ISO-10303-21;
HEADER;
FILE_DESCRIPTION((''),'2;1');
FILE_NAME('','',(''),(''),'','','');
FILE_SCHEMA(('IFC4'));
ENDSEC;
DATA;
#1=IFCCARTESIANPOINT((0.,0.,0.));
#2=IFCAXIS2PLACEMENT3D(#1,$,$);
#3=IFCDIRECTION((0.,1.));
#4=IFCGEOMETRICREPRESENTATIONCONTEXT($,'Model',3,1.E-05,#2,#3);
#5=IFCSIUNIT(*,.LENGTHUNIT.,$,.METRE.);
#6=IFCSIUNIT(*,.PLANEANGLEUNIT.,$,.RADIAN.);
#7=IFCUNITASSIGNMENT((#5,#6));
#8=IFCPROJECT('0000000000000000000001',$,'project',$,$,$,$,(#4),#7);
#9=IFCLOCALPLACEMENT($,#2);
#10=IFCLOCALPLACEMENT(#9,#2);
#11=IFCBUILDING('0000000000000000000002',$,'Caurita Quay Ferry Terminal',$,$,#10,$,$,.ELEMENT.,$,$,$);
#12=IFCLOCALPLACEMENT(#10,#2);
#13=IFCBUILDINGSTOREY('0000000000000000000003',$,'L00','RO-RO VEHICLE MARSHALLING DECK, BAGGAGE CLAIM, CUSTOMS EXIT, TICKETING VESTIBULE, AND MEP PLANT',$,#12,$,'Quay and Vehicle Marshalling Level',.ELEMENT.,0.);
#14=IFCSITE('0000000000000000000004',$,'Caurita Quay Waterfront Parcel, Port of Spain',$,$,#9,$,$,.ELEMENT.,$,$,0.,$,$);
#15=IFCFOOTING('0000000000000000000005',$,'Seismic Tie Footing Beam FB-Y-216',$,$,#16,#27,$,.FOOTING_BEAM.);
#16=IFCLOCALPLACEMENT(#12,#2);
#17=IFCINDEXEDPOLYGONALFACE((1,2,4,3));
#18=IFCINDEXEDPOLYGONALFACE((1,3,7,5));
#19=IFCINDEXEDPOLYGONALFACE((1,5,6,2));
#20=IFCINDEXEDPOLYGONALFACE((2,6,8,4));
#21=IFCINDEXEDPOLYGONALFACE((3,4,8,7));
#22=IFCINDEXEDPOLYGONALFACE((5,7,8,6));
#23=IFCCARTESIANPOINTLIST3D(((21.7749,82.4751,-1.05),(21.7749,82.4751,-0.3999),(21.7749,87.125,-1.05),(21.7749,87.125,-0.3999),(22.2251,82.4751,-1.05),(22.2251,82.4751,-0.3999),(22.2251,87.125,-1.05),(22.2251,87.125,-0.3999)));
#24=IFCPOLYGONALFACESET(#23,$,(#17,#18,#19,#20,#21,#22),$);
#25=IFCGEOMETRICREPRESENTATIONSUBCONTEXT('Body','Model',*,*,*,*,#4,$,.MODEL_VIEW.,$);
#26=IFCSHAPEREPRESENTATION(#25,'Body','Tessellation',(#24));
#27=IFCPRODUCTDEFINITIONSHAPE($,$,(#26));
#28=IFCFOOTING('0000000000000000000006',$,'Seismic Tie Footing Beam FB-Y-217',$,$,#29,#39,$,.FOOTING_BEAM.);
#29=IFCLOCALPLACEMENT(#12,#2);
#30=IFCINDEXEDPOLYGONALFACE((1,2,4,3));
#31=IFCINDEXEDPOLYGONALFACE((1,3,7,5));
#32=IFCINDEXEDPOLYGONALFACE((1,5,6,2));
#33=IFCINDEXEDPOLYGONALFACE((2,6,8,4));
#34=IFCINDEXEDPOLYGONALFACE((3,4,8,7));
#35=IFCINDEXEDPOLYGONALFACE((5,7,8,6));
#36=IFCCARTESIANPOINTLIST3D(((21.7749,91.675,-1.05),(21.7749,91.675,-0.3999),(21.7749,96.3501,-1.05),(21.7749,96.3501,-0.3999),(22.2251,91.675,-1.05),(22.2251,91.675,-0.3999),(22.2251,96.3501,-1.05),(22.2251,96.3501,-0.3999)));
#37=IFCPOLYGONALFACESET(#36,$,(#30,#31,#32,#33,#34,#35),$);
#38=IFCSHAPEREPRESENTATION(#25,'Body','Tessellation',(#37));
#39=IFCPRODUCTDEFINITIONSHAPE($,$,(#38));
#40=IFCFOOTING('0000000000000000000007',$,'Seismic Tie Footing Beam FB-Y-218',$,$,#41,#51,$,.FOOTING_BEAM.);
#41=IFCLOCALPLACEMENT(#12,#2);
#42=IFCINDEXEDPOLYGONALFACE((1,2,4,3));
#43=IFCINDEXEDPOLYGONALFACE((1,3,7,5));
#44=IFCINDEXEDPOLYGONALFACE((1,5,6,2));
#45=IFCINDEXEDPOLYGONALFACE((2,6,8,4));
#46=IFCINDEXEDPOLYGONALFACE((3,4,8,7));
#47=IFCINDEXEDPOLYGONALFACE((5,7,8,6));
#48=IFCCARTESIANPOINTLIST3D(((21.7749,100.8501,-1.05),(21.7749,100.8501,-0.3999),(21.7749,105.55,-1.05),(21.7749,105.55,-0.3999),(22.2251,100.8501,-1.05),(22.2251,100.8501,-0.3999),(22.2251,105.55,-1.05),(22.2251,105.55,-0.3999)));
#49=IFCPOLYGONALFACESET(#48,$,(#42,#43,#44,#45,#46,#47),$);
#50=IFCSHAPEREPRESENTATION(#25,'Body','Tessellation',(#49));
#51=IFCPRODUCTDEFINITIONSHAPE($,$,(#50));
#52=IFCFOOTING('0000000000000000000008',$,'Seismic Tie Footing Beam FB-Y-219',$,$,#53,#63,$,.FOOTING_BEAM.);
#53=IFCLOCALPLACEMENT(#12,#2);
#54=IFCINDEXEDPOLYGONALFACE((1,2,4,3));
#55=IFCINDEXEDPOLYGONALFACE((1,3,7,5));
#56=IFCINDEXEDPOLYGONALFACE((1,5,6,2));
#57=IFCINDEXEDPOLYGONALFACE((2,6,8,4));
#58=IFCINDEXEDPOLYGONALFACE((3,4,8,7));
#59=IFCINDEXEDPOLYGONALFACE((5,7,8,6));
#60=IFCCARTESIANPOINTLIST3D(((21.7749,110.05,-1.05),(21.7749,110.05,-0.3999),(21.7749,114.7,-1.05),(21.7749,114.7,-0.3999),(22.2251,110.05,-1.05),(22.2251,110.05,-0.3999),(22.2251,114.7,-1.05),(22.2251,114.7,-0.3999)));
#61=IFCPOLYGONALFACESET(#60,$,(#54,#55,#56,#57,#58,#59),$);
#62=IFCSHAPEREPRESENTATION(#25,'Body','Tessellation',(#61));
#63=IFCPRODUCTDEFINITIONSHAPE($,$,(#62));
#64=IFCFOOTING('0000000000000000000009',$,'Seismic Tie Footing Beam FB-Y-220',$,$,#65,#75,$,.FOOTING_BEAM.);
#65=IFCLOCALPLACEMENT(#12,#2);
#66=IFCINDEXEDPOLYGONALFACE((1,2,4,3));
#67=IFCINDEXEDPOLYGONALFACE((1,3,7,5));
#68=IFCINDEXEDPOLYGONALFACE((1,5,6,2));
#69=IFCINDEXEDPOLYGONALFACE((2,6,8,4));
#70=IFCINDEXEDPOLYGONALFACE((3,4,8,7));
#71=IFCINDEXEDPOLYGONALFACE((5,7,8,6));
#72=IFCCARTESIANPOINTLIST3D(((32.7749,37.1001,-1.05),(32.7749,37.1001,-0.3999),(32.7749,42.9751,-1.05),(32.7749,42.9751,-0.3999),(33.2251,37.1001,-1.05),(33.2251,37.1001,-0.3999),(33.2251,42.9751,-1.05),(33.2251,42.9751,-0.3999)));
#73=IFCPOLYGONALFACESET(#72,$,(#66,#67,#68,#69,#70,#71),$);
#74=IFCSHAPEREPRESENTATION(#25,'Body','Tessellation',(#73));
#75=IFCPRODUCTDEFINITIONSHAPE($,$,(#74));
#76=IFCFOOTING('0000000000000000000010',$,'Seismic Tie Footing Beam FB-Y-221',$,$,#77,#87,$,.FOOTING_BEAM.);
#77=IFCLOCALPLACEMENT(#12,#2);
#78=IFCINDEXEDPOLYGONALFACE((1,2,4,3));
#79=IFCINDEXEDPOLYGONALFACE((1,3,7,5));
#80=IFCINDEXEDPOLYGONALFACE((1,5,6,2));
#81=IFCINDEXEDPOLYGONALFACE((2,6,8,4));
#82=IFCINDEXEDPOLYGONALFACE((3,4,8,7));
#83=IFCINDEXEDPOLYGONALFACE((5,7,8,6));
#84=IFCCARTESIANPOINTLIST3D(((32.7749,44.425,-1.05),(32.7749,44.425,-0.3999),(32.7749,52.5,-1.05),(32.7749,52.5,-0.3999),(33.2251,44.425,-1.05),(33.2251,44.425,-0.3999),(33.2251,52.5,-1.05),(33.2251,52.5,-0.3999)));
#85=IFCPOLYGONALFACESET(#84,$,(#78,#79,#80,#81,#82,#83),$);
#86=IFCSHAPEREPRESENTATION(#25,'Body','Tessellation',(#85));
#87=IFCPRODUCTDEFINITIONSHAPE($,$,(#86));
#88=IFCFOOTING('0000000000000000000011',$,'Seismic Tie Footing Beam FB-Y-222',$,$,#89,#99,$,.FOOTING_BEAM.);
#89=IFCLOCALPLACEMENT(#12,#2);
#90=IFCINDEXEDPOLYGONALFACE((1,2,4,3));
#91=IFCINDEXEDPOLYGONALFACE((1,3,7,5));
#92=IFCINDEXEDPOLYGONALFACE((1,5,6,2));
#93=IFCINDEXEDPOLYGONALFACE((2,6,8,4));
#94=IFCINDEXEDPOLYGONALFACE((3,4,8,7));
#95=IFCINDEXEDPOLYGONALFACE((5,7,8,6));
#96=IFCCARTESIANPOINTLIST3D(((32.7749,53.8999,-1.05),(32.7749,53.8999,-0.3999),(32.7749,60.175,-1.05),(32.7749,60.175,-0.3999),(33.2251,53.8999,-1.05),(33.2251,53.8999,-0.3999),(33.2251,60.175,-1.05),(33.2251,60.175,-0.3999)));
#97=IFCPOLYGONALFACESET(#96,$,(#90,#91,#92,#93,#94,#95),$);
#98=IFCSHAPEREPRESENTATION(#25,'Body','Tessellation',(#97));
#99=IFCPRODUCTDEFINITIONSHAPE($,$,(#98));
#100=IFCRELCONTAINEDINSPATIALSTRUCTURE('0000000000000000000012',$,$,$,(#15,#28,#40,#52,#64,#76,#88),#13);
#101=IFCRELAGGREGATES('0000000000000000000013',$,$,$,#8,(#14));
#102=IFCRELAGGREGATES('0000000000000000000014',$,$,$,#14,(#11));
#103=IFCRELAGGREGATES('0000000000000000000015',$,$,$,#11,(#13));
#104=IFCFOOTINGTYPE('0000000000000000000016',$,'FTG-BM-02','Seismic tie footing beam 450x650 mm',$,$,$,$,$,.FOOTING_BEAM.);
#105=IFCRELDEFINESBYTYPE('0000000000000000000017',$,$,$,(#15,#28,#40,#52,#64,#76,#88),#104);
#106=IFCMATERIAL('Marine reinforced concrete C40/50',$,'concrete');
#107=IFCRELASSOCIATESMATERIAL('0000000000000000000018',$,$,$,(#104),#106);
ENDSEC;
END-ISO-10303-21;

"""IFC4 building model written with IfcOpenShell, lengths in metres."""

from ifc_helpers import new_model, si_unit, direction, frame, origin, place, context, subcontext, project, spatial, polyline, outline, extrude, material, type_object, element, save


model = new_model("IFC4")

# Units and contexts
model_context = context("Model", 3, precision=1e-05, world=origin(), true_north=direction((0.0, 1.0)))
body_context = subcontext(model_context, "Body", "Model", "MODEL_VIEW")
ifc_project = project(units=[si_unit("LENGTHUNIT", "METRE"), si_unit("PLANEANGLEUNIT", "RADIAN")], contexts=[model_context])

# Site, building, storey
site_placement = place(None, origin())
site = spatial("IfcSite", under=ifc_project, at=site_placement, Name="Caurita Quay Waterfront Parcel, Port of Spain", CompositionType="ELEMENT", RefElevation=0.0)
building_placement = place(site_placement, origin())
building = spatial("IfcBuilding", under=site, at=building_placement, Name="Caurita Quay Ferry Terminal", CompositionType="ELEMENT")
storey_placement = place(building_placement, origin())
storey = spatial("IfcBuildingStorey", under=building, at=storey_placement, Name="L00", Description="RO-RO VEHICLE MARSHALLING DECK, BAGGAGE CLAIM, CUSTOMS EXIT, TICKETING VESTIBULE, AND MEP PLANT", LongName="Quay and Vehicle Marshalling Level", CompositionType="ELEMENT", Elevation=0.0)

# Footings
ifc_material = material(Name="Marine reinforced concrete C40/50", Category="concrete")
footing_type = type_object("IfcFootingType", Name="FTG-BM-02", Description="Seismic tie footing beam 450x650 mm", PredefinedType="FOOTING_BEAM", material=ifc_material)
footing_1_placement = place(storey_placement, frame((0.0, 0.0, -1.05)))
element("IfcFooting", 1, at=footing_1_placement, inside=storey, type_object=footing_type, Name="Seismic Tie Footing Beam FB-Y-216", PredefinedType="FOOTING_BEAM", context=body_context, shape_type="SweptSolid", body=[
    extrude(outline(polyline([(21.7749, 82.4751), (22.2251, 82.4751), (22.2251, 87.125), (21.7749, 87.125), (21.7749, 82.4751)])), origin(), (0.0, 0.0, 1.0), 0.6501),
])
footing_2_placement = place(storey_placement, frame((0.0, 0.0, -1.05)))
element("IfcFooting", 2, at=footing_2_placement, inside=storey, type_object=footing_type, Name="Seismic Tie Footing Beam FB-Y-217", PredefinedType="FOOTING_BEAM", context=body_context, shape_type="SweptSolid", body=[
    extrude(outline(polyline([(21.7749, 91.675), (22.2251, 91.675), (22.2251, 96.3501), (21.7749, 96.3501), (21.7749, 91.675)])), origin(), (0.0, 0.0, 1.0), 0.6501),
])
footing_3_placement = place(storey_placement, frame((0.0, 0.0, -1.05)))
element("IfcFooting", 3, at=footing_3_placement, inside=storey, type_object=footing_type, Name="Seismic Tie Footing Beam FB-Y-218", PredefinedType="FOOTING_BEAM", context=body_context, shape_type="SweptSolid", body=[
    extrude(outline(polyline([(21.7749, 100.8501), (22.2251, 100.8501), (22.2251, 105.55), (21.7749, 105.55), (21.7749, 100.8501)])), origin(), (0.0, 0.0, 1.0), 0.6501),
])
footing_4_placement = place(storey_placement, frame((0.0, 0.0, -1.05)))
element("IfcFooting", 4, at=footing_4_placement, inside=storey, type_object=footing_type, Name="Seismic Tie Footing Beam FB-Y-219", PredefinedType="FOOTING_BEAM", context=body_context, shape_type="SweptSolid", body=[
    extrude(outline(polyline([(21.7749, 110.05), (22.2251, 110.05), (22.2251, 114.7), (21.7749, 114.7), (21.7749, 110.05)])), origin(), (0.0, 0.0, 1.0), 0.6501),
])
footing_5_placement = place(storey_placement, frame((0.0, 0.0, -1.05)))
element("IfcFooting", 5, at=footing_5_placement, inside=storey, type_object=footing_type, Name="Seismic Tie Footing Beam FB-Y-220", PredefinedType="FOOTING_BEAM", context=body_context, shape_type="SweptSolid", body=[
    extrude(outline(polyline([(32.7749, 37.1001), (33.2251, 37.1001), (33.2251, 42.9751), (32.7749, 42.9751), (32.7749, 37.1001)])), origin(), (0.0, 0.0, 1.0), 0.6501),
])
footing_6_placement = place(storey_placement, frame((0.0, 0.0, -1.05)))
element("IfcFooting", 6, at=footing_6_placement, inside=storey, type_object=footing_type, Name="Seismic Tie Footing Beam FB-Y-221", PredefinedType="FOOTING_BEAM", context=body_context, shape_type="SweptSolid", body=[
    extrude(outline(polyline([(32.7749, 44.425), (33.2251, 44.425), (33.2251, 52.5), (32.7749, 52.5), (32.7749, 44.425)])), origin(), (0.0, 0.0, 1.0), 0.6501),
])
footing_7_placement = place(storey_placement, frame((0.0, 0.0, -1.05)))
element("IfcFooting", 7, at=footing_7_placement, inside=storey, type_object=footing_type, Name="Seismic Tie Footing Beam FB-Y-222", PredefinedType="FOOTING_BEAM", context=body_context, shape_type="SweptSolid", body=[
    extrude(outline(polyline([(32.7749, 53.8999), (33.2251, 53.8999), (33.2251, 60.175), (32.7749, 60.175), (32.7749, 53.8999)])), origin(), (0.0, 0.0, 1.0), 0.6501),
])

save(model, "model.ifc")
